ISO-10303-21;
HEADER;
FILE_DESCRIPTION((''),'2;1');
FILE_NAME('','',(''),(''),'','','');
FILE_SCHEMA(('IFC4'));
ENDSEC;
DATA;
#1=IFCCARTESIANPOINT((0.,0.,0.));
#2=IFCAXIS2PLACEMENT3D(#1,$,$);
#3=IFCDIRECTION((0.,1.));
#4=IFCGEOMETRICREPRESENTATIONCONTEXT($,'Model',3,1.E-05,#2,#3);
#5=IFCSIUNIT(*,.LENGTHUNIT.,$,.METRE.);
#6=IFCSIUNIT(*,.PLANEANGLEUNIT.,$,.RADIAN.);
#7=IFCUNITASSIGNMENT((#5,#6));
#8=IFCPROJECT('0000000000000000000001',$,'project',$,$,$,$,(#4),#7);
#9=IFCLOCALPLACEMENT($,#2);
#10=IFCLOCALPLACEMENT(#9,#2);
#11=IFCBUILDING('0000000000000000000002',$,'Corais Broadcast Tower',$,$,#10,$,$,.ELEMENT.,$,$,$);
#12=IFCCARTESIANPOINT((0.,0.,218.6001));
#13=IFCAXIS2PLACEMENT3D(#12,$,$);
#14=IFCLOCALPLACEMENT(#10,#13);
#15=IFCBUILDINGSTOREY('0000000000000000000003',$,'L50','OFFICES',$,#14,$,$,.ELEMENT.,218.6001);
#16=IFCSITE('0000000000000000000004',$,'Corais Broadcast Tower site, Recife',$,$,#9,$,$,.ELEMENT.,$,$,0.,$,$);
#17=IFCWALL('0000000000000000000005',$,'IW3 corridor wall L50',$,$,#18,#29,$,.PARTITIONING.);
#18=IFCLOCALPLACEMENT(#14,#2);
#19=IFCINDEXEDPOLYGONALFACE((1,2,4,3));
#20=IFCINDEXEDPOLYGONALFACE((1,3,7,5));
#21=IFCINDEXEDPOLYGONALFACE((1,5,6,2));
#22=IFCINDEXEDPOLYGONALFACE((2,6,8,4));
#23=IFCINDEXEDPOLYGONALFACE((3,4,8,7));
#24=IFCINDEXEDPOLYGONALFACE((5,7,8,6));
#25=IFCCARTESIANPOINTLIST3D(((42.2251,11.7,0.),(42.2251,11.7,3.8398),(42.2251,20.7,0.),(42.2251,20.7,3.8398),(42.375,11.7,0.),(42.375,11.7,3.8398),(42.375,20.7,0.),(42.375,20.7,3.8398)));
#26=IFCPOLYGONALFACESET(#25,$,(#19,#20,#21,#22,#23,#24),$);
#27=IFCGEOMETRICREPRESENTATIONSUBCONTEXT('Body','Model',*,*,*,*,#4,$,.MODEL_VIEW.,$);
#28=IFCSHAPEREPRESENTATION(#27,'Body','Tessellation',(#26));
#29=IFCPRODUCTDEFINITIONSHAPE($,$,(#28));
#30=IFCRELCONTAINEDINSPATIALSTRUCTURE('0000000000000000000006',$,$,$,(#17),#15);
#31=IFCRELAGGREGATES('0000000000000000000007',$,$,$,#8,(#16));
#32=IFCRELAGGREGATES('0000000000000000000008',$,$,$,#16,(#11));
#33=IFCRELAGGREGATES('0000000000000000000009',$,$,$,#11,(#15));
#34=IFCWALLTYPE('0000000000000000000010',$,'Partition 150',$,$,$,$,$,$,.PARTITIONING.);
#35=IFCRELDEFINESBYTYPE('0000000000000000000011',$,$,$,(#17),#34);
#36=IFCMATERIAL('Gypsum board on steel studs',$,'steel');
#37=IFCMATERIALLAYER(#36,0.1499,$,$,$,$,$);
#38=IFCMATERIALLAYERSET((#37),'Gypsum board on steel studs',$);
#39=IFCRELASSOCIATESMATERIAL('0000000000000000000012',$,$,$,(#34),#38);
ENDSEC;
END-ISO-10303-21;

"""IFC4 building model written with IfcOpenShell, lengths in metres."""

from ifc_helpers import new_model, si_unit, direction, frame, frame_2d, origin, place, context, subcontext, project, spatial, rectangle, extrude, material, layer, layer_set, type_object, element, save


model = new_model("IFC4")

# Units and contexts
model_context = context("Model", 3, precision=1e-05, world=origin(), true_north=direction((0.0, 1.0)))
body_context = subcontext(model_context, "Body", "Model", "MODEL_VIEW")
ifc_project = project(units=[si_unit("LENGTHUNIT", "METRE"), si_unit("PLANEANGLEUNIT", "RADIAN")], contexts=[model_context])

# Site, building, storey
site_placement = place(None, origin())
site = spatial("IfcSite", under=ifc_project, at=site_placement, Name="Corais Broadcast Tower site, Recife", CompositionType="ELEMENT", RefElevation=0.0)
building_placement = place(site_placement, origin())
building = spatial("IfcBuilding", under=site, at=building_placement, Name="Corais Broadcast Tower", CompositionType="ELEMENT")
storey_placement = place(building_placement, frame((0.0, 0.0, 218.6001)))
storey = spatial("IfcBuildingStorey", under=building, at=storey_placement, Name="L50", Description="OFFICES", CompositionType="ELEMENT", Elevation=218.6001)

# Wall
ifc_material_1 = material(Name="Gypsum board on steel studs", Category="steel")
ifc_layer_1 = layer(ifc_material_1, 0.1499)
ifc_layer_set_1 = layer_set([ifc_layer_1], Name="Gypsum board on steel studs")
wall_type = type_object("IfcWallType", Name="Partition 150", PredefinedType="PARTITIONING", material=ifc_layer_set_1)
wall_placement = place(storey_placement, frame((42.3, 11.7, 0.0), z_axis=(0.0, 0.0, 1.0), x_axis=(0.0, 1.0, 0.0)))
element("IfcWall", 1, at=wall_placement, inside=storey, type_object=wall_type, Name="IW3 corridor wall L50", PredefinedType="PARTITIONING", context=body_context, shape_type="SweptSolid", body=[
    extrude(rectangle(XDim=9.0, YDim=0.1499, at=frame_2d((4.5, 0.0))), origin(), (0.0, 0.0, 1.0), 3.8398),
])

save(model, "model.ifc")
